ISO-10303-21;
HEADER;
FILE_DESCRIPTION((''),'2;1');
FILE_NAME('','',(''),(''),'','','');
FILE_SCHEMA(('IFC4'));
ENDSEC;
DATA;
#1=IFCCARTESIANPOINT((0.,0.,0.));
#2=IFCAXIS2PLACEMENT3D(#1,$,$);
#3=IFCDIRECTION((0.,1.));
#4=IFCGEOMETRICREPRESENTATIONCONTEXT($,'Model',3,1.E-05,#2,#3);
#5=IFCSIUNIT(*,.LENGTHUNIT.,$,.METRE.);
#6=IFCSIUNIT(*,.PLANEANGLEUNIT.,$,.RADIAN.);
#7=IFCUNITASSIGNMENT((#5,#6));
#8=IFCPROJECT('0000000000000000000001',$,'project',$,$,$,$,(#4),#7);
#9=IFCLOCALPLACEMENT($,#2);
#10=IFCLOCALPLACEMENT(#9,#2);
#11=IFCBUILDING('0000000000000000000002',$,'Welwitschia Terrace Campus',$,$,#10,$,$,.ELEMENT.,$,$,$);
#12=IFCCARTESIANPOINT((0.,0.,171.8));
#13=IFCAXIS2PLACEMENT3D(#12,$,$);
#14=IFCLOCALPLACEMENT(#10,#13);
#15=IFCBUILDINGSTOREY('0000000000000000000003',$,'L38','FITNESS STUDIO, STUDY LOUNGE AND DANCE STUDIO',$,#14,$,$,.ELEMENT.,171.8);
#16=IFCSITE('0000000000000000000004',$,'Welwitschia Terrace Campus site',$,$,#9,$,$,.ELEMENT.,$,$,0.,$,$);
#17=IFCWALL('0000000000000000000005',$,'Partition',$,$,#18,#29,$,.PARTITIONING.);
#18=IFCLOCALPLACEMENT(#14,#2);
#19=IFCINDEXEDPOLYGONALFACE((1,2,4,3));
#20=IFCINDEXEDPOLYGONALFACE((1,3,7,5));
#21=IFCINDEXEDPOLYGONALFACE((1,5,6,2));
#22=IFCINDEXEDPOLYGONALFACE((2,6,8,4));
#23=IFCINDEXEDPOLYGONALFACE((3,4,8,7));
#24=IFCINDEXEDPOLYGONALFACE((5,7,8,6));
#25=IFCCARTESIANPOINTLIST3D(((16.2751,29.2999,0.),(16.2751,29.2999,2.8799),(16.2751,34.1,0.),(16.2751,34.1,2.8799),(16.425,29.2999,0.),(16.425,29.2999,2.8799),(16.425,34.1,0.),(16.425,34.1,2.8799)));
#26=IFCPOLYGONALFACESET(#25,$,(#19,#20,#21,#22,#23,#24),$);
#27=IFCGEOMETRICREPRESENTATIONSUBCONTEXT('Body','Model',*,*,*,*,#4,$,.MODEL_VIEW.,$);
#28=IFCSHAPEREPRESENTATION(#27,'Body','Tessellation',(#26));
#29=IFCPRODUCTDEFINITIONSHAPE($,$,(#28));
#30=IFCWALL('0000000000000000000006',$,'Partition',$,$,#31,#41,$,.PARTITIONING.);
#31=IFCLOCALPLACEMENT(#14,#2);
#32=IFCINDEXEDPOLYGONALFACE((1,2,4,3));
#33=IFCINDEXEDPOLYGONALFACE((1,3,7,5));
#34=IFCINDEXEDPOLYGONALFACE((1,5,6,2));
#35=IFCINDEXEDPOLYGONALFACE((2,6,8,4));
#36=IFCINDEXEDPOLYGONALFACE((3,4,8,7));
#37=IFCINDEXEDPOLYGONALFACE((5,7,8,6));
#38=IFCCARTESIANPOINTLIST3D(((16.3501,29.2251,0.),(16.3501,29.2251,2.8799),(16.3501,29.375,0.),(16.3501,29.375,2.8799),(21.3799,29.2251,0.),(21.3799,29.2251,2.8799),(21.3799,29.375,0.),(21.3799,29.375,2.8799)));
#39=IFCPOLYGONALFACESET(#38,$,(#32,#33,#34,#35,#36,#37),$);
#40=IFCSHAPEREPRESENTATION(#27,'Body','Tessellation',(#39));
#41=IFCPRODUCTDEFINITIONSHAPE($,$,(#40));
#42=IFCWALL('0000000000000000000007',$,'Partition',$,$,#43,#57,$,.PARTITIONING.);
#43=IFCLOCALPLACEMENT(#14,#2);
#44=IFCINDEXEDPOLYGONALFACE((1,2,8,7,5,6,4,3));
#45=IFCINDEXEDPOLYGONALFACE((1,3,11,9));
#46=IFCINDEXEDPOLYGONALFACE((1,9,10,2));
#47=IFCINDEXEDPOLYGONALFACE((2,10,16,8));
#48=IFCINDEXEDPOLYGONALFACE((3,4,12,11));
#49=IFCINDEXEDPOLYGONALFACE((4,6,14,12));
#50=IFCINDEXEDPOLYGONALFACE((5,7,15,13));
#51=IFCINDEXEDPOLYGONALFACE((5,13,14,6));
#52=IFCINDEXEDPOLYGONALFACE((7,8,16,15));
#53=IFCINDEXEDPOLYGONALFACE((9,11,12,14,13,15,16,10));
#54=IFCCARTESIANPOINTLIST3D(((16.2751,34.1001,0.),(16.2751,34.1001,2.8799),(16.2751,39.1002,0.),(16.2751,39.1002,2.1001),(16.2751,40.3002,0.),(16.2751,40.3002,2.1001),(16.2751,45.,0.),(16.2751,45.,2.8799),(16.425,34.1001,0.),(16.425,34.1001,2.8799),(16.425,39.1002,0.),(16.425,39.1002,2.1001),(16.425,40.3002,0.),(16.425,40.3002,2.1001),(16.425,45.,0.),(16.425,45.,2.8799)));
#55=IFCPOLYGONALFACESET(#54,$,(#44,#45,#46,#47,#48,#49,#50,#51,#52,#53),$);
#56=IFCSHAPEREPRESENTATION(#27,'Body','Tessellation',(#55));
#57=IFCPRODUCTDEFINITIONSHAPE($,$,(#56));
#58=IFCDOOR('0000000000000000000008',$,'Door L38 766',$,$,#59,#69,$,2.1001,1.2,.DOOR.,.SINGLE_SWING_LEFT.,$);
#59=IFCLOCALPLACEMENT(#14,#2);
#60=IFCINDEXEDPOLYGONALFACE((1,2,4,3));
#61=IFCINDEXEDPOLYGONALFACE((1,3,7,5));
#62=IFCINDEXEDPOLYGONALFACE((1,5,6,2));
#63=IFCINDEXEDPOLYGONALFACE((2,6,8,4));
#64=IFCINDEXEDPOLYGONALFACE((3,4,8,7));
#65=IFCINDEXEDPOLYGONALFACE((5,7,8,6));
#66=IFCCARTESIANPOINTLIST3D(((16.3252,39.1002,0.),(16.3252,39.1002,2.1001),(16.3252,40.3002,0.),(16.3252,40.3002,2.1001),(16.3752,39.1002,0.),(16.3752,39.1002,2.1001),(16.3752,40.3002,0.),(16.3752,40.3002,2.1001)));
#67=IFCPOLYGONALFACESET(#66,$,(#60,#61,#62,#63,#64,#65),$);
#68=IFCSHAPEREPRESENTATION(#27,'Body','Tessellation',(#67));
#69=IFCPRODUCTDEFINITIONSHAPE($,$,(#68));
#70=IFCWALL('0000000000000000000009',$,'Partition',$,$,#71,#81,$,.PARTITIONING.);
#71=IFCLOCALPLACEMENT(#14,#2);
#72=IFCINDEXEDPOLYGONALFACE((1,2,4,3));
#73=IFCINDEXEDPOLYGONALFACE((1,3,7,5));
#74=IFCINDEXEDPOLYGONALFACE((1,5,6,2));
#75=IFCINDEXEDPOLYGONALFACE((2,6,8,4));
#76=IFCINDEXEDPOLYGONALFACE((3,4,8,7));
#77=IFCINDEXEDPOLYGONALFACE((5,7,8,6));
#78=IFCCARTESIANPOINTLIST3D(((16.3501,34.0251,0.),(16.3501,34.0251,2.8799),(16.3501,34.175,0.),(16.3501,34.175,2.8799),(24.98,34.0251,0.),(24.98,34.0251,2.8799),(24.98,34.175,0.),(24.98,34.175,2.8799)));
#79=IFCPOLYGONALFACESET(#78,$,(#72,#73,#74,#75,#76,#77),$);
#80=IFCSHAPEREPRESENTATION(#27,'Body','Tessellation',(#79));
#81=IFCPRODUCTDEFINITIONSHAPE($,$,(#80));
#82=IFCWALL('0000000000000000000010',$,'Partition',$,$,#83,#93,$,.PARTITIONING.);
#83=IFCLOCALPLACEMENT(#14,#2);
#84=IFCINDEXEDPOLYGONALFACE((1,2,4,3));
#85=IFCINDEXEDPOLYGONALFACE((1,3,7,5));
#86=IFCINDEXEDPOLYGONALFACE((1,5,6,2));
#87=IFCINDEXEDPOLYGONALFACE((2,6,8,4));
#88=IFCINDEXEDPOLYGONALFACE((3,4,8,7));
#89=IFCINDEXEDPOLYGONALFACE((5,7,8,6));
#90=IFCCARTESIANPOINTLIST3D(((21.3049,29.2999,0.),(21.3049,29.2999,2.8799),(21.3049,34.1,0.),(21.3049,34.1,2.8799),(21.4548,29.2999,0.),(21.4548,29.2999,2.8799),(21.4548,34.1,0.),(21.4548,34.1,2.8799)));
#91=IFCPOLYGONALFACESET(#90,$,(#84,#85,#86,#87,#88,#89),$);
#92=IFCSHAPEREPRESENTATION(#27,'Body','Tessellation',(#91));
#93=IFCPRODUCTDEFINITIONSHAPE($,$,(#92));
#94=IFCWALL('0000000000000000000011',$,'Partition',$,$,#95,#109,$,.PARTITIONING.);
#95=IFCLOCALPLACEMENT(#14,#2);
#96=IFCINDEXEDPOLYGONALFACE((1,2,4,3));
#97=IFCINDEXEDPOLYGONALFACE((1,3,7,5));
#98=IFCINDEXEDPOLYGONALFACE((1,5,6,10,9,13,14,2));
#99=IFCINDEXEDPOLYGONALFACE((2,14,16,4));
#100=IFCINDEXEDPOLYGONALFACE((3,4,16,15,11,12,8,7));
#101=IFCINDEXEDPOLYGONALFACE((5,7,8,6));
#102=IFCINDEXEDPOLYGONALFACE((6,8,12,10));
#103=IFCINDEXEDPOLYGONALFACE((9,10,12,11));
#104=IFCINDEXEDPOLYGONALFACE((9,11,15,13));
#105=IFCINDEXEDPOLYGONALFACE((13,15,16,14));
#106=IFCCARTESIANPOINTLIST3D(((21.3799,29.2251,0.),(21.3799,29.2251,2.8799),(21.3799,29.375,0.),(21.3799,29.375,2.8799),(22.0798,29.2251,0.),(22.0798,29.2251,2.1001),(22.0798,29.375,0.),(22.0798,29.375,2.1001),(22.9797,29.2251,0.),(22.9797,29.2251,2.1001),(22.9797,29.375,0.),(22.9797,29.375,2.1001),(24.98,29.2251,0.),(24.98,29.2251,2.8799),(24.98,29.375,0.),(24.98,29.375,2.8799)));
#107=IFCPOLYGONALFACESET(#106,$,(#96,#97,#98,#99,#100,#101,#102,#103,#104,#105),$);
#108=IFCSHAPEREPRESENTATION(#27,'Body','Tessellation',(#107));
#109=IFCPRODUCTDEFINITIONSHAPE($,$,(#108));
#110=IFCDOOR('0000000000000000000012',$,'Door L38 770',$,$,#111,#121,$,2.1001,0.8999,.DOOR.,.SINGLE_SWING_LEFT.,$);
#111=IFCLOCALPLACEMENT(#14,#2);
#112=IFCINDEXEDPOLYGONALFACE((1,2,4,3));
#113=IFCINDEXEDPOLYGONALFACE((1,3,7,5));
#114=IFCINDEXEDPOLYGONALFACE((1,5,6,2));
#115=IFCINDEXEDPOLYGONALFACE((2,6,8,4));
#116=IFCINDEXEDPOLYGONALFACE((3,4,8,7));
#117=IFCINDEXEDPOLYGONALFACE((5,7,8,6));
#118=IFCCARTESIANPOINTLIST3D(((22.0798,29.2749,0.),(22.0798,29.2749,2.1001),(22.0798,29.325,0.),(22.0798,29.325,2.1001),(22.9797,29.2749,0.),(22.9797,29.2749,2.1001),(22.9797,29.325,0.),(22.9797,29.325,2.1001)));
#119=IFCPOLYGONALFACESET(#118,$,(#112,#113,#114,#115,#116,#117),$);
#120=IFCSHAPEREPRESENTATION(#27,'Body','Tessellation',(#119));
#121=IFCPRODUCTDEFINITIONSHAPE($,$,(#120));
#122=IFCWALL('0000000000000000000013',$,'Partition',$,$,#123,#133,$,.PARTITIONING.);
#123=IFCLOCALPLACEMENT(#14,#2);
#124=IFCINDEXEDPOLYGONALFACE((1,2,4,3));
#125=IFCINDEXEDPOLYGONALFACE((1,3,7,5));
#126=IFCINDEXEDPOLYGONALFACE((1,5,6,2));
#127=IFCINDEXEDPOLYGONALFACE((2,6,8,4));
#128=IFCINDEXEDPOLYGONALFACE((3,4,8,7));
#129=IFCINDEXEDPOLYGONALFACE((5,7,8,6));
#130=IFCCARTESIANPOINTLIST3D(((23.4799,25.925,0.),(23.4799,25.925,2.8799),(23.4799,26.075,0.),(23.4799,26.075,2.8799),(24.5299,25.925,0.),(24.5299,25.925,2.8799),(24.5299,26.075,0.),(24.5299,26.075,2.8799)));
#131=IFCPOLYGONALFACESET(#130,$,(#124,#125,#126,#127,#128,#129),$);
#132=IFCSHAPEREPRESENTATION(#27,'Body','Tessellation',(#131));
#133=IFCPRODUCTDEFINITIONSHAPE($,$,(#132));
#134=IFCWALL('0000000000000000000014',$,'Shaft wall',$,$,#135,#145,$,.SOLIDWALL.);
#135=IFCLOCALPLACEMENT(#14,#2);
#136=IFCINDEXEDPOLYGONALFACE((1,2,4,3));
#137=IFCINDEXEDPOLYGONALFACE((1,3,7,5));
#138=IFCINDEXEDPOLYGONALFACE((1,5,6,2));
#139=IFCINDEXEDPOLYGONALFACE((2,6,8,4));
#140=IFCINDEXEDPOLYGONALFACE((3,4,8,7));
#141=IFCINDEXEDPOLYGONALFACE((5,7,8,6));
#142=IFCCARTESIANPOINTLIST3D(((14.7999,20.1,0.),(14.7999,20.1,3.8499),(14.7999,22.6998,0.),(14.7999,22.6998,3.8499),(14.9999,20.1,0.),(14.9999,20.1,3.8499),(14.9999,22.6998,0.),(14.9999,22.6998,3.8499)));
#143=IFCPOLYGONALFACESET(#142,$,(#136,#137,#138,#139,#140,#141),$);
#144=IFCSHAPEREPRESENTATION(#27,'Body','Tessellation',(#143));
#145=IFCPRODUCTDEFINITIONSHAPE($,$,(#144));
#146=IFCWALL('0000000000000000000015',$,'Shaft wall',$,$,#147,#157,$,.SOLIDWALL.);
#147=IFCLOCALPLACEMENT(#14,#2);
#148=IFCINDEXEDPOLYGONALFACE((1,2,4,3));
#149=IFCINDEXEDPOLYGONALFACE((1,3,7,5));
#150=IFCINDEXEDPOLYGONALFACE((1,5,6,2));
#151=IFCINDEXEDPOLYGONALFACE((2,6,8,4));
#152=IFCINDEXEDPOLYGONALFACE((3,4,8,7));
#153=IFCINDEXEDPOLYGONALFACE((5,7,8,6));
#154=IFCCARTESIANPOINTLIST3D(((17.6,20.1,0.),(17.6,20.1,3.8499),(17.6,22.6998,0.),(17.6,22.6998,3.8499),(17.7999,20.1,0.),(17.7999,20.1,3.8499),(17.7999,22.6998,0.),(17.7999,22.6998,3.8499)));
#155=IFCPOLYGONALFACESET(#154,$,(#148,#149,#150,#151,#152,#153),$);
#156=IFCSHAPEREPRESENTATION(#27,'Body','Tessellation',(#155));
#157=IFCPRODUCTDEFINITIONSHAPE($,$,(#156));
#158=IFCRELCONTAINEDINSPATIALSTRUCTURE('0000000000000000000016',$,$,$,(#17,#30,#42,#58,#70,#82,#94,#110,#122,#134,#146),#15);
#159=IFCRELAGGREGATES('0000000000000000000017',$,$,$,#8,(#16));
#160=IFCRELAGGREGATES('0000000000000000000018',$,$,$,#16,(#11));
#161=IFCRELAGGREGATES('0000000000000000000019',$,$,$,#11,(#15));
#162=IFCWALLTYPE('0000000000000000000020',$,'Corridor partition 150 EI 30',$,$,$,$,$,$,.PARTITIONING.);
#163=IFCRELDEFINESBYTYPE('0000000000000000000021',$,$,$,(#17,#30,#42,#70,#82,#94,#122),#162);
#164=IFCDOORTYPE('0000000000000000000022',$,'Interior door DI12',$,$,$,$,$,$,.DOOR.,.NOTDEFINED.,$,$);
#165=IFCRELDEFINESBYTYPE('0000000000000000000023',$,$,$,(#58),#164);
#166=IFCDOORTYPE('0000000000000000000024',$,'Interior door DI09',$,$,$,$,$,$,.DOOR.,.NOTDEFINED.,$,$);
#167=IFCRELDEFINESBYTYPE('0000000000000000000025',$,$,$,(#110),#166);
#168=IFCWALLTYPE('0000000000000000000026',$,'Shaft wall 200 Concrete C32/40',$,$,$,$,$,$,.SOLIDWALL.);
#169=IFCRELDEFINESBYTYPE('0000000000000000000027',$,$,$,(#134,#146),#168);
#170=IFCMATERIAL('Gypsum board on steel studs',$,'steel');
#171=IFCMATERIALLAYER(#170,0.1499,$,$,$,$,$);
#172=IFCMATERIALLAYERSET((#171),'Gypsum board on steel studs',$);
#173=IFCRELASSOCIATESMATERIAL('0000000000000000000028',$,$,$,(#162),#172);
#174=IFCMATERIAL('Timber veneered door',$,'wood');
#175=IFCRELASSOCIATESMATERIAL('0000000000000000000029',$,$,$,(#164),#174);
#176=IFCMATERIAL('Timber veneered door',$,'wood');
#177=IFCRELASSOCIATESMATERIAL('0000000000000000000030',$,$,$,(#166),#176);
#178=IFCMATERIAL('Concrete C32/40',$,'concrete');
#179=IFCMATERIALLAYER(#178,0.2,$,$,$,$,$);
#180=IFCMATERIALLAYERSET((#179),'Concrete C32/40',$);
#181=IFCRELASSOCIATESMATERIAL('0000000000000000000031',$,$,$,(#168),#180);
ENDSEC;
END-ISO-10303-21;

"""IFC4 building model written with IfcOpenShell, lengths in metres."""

from ifc_helpers import new_model, si_unit, direction, frame, frame_2d, origin, place, context, subcontext, project, spatial, rectangle, extrude, material, layer, layer_set, type_object, element, fill, save


model = new_model("IFC4")

# Units and contexts
model_context = context("Model", 3, precision=1e-05, world=origin(), true_north=direction((0.0, 1.0)))
body_context = subcontext(model_context, "Body", "Model", "MODEL_VIEW")
ifc_project = project(units=[si_unit("LENGTHUNIT", "METRE"), si_unit("PLANEANGLEUNIT", "RADIAN")], contexts=[model_context])

# Site, building, storey
site_placement = place(None, origin())
site = spatial("IfcSite", under=ifc_project, at=site_placement, Name="Welwitschia Terrace Campus site", CompositionType="ELEMENT", RefElevation=0.0)
building_placement = place(site_placement, origin())
building = spatial("IfcBuilding", under=site, at=building_placement, Name="Welwitschia Terrace Campus", CompositionType="ELEMENT")
storey_placement = place(building_placement, frame((0.0, 0.0, 171.8)))
storey = spatial("IfcBuildingStorey", under=building, at=storey_placement, Name="L38", Description="FITNESS STUDIO, STUDY LOUNGE AND DANCE STUDIO", CompositionType="ELEMENT", Elevation=171.8)

# Walls
ifc_material_1 = material(Name="Gypsum board on steel studs", Category="steel")
ifc_layer_1 = layer(ifc_material_1, 0.1499)
ifc_layer_set_1 = layer_set([ifc_layer_1], Name="Gypsum board on steel studs")
wall_type_1 = type_object("IfcWallType", Name="Corridor partition 150 EI 30", PredefinedType="PARTITIONING", material=ifc_layer_set_1)
wall_1_placement = place(storey_placement, frame((16.3501, 29.3, 0.0), z_axis=(0.0, 0.0, 1.0), x_axis=(0.0, 1.0, 0.0)))
element("IfcWall", 1, at=wall_1_placement, inside=storey, type_object=wall_type_1, Name="Partition", PredefinedType="PARTITIONING", context=body_context, shape_type="SweptSolid", body=[
    extrude(rectangle(XDim=4.8, YDim=0.1499, at=frame_2d((2.3999, 0.0))), origin(), (0.0, 0.0, 1.0), 2.8799),
])
wall_2_placement = place(storey_placement, frame((16.3501, 29.3, 0.0), z_axis=(0.0, 0.0, 1.0), x_axis=(1.0, 0.0, 0.0)))
element("IfcWall", 2, at=wall_2_placement, inside=storey, type_object=wall_type_1, Name="Partition", PredefinedType="PARTITIONING", context=body_context, shape_type="SweptSolid", body=[
    extrude(rectangle(XDim=5.0298, YDim=0.1499, at=frame_2d((2.5149, 0.0))), origin(), (0.0, 0.0, 1.0), 2.8799),
])

# Wall, opening, door
wall_3_placement = place(storey_placement, frame((16.3501, 34.1001, 0.0), z_axis=(0.0, 0.0, 1.0), x_axis=(0.0, 1.0, 0.0)))
wall_3 = element("IfcWall", 3, at=wall_3_placement, inside=storey, type_object=wall_type_1, Name="Partition", PredefinedType="PARTITIONING", context=body_context, shape_type="SweptSolid", body=[
    extrude(rectangle(XDim=10.8999, YDim=0.1499, at=frame_2d((5.45, 0.0))), origin(), (0.0, 0.0, 1.0), 2.8799),
])
opening_1_placement = place(wall_3_placement, frame((5.0, 0.0, 0.0)))
opening_1 = element("IfcOpeningElement", 4, at=opening_1_placement, cuts=wall_3, PredefinedType="OPENING", context=body_context, shape_type="SweptSolid", body=[
    extrude(rectangle(XDim=1.2, YDim=2.1001, at=frame_2d((0.6001, 1.05))), frame((0.0, 0.085, 0.0), z_axis=(0.0, -1.0, 0.0), x_axis=(1.0, 0.0, 0.0)), (0.0, 0.0, 1.0), 0.1699),
])
ifc_material_2 = material(Name="Timber veneered door", Category="wood")
door_type_1 = type_object("IfcDoorType", Name="Interior door DI12", OperationType="NOTDEFINED", PredefinedType="DOOR", material=ifc_material_2)
door_1_placement = place(opening_1_placement, origin())
door_1 = element("IfcDoor", 5, at=door_1_placement, inside=storey, type_object=door_type_1, Name="Door L38 766", OperationType="SINGLE_SWING_LEFT", OverallHeight=2.1001, OverallWidth=1.2, PredefinedType="DOOR", context=body_context, shape_type="SweptSolid", body=[
    extrude(rectangle(XDim=1.2, YDim=2.1001, at=frame_2d((0.6001, 1.05))), frame((0.0, 0.0249, 0.0), z_axis=(0.0, -1.0, 0.0), x_axis=(1.0, 0.0, 0.0)), (0.0, 0.0, 1.0), 0.05),
])
fill(opening_1, door_1)

# Walls
wall_4_placement = place(storey_placement, frame((16.3501, 34.1001, 0.0), z_axis=(0.0, 0.0, 1.0), x_axis=(1.0, 0.0, 0.0)))
element("IfcWall", 6, at=wall_4_placement, inside=storey, type_object=wall_type_1, Name="Partition", PredefinedType="PARTITIONING", context=body_context, shape_type="SweptSolid", body=[
    extrude(rectangle(XDim=8.6299, YDim=0.1499, at=frame_2d((4.3149, 0.0))), origin(), (0.0, 0.0, 1.0), 2.8799),
])
wall_5_placement = place(storey_placement, frame((21.3799, 29.3, 0.0), z_axis=(0.0, 0.0, 1.0), x_axis=(0.0, 1.0, 0.0)))
element("IfcWall", 7, at=wall_5_placement, inside=storey, type_object=wall_type_1, Name="Partition", PredefinedType="PARTITIONING", context=body_context, shape_type="SweptSolid", body=[
    extrude(rectangle(XDim=4.8, YDim=0.1499, at=frame_2d((2.3999, 0.0))), origin(), (0.0, 0.0, 1.0), 2.8799),
])

# Wall, opening, door
wall_6_placement = place(storey_placement, frame((21.3799, 29.3, 0.0), z_axis=(0.0, 0.0, 1.0), x_axis=(1.0, 0.0, 0.0)))
wall_6 = element("IfcWall", 8, at=wall_6_placement, inside=storey, type_object=wall_type_1, Name="Partition", PredefinedType="PARTITIONING", context=body_context, shape_type="SweptSolid", body=[
    extrude(rectangle(XDim=3.6001, YDim=0.1499, at=frame_2d((1.8, 0.0))), origin(), (0.0, 0.0, 1.0), 2.8799),
])
opening_2_placement = place(wall_6_placement, frame((0.7, 0.0, 0.0)))
opening_2 = element("IfcOpeningElement", 9, at=opening_2_placement, cuts=wall_6, PredefinedType="OPENING", context=body_context, shape_type="SweptSolid", body=[
    extrude(rectangle(XDim=0.8999, YDim=2.1001, at=frame_2d((0.45, 1.05))), frame((0.0, 0.085, 0.0), z_axis=(0.0, -1.0, 0.0), x_axis=(1.0, 0.0, 0.0)), (0.0, 0.0, 1.0), 0.1699),
])
ifc_material_3 = material(Name="Timber veneered door", Category="wood")
door_type_2 = type_object("IfcDoorType", Name="Interior door DI09", OperationType="NOTDEFINED", PredefinedType="DOOR", material=ifc_material_3)
door_2_placement = place(opening_2_placement, origin())
door_2 = element("IfcDoor", 10, at=door_2_placement, inside=storey, type_object=door_type_2, Name="Door L38 770", OperationType="SINGLE_SWING_LEFT", OverallHeight=2.1001, OverallWidth=0.8999, PredefinedType="DOOR", context=body_context, shape_type="SweptSolid", body=[
    extrude(rectangle(XDim=0.8999, YDim=2.1001, at=frame_2d((0.45, 1.05))), frame((0.0, 0.0249, 0.0), z_axis=(0.0, -1.0, 0.0), x_axis=(1.0, 0.0, 0.0)), (0.0, 0.0, 1.0), 0.05),
])
fill(opening_2, door_2)

# Walls
wall_7_placement = place(storey_placement, frame((23.48, 26.0, 0.0), z_axis=(0.0, 0.0, 1.0), x_axis=(1.0, 0.0, 0.0)))
element("IfcWall", 11, at=wall_7_placement, inside=storey, type_object=wall_type_1, Name="Partition", PredefinedType="PARTITIONING", context=body_context, shape_type="SweptSolid", body=[
    extrude(rectangle(XDim=1.05, YDim=0.1499, at=frame_2d((0.5249, 0.0))), origin(), (0.0, 0.0, 1.0), 2.8799),
])
ifc_material_4 = material(Name="Concrete C32/40", Category="concrete")
ifc_layer_2 = layer(ifc_material_4, 0.2)
ifc_layer_set_2 = layer_set([ifc_layer_2], Name="Concrete C32/40")
wall_type_2 = type_object("IfcWallType", Name="Shaft wall 200 Concrete C32/40", PredefinedType="SOLIDWALL", material=ifc_layer_set_2)
for number, where, z_axis, x_axis, name in (
    (12, (14.8999, 20.1001, 0.0), (0.0, 0.0, 1.0), (0.0, 1.0, 0.0), "Shaft wall"),
    (13, (17.7, 20.1001, 0.0), (0.0, 0.0, 1.0), (0.0, 1.0, 0.0), "Shaft wall"),
):
    element("IfcWall", number, at=place(storey_placement, frame(where, z_axis=z_axis, x_axis=x_axis)), inside=storey, type_object=wall_type_2, Name=name, PredefinedType="SOLIDWALL", context=body_context, shape_type="SweptSolid", body=[
        extrude(rectangle(XDim=2.5999, YDim=0.2, at=frame_2d((1.2998, 0.0))), origin(), (0.0, 0.0, 1.0), 3.8499),
    ])

save(model, "model.ifc")
